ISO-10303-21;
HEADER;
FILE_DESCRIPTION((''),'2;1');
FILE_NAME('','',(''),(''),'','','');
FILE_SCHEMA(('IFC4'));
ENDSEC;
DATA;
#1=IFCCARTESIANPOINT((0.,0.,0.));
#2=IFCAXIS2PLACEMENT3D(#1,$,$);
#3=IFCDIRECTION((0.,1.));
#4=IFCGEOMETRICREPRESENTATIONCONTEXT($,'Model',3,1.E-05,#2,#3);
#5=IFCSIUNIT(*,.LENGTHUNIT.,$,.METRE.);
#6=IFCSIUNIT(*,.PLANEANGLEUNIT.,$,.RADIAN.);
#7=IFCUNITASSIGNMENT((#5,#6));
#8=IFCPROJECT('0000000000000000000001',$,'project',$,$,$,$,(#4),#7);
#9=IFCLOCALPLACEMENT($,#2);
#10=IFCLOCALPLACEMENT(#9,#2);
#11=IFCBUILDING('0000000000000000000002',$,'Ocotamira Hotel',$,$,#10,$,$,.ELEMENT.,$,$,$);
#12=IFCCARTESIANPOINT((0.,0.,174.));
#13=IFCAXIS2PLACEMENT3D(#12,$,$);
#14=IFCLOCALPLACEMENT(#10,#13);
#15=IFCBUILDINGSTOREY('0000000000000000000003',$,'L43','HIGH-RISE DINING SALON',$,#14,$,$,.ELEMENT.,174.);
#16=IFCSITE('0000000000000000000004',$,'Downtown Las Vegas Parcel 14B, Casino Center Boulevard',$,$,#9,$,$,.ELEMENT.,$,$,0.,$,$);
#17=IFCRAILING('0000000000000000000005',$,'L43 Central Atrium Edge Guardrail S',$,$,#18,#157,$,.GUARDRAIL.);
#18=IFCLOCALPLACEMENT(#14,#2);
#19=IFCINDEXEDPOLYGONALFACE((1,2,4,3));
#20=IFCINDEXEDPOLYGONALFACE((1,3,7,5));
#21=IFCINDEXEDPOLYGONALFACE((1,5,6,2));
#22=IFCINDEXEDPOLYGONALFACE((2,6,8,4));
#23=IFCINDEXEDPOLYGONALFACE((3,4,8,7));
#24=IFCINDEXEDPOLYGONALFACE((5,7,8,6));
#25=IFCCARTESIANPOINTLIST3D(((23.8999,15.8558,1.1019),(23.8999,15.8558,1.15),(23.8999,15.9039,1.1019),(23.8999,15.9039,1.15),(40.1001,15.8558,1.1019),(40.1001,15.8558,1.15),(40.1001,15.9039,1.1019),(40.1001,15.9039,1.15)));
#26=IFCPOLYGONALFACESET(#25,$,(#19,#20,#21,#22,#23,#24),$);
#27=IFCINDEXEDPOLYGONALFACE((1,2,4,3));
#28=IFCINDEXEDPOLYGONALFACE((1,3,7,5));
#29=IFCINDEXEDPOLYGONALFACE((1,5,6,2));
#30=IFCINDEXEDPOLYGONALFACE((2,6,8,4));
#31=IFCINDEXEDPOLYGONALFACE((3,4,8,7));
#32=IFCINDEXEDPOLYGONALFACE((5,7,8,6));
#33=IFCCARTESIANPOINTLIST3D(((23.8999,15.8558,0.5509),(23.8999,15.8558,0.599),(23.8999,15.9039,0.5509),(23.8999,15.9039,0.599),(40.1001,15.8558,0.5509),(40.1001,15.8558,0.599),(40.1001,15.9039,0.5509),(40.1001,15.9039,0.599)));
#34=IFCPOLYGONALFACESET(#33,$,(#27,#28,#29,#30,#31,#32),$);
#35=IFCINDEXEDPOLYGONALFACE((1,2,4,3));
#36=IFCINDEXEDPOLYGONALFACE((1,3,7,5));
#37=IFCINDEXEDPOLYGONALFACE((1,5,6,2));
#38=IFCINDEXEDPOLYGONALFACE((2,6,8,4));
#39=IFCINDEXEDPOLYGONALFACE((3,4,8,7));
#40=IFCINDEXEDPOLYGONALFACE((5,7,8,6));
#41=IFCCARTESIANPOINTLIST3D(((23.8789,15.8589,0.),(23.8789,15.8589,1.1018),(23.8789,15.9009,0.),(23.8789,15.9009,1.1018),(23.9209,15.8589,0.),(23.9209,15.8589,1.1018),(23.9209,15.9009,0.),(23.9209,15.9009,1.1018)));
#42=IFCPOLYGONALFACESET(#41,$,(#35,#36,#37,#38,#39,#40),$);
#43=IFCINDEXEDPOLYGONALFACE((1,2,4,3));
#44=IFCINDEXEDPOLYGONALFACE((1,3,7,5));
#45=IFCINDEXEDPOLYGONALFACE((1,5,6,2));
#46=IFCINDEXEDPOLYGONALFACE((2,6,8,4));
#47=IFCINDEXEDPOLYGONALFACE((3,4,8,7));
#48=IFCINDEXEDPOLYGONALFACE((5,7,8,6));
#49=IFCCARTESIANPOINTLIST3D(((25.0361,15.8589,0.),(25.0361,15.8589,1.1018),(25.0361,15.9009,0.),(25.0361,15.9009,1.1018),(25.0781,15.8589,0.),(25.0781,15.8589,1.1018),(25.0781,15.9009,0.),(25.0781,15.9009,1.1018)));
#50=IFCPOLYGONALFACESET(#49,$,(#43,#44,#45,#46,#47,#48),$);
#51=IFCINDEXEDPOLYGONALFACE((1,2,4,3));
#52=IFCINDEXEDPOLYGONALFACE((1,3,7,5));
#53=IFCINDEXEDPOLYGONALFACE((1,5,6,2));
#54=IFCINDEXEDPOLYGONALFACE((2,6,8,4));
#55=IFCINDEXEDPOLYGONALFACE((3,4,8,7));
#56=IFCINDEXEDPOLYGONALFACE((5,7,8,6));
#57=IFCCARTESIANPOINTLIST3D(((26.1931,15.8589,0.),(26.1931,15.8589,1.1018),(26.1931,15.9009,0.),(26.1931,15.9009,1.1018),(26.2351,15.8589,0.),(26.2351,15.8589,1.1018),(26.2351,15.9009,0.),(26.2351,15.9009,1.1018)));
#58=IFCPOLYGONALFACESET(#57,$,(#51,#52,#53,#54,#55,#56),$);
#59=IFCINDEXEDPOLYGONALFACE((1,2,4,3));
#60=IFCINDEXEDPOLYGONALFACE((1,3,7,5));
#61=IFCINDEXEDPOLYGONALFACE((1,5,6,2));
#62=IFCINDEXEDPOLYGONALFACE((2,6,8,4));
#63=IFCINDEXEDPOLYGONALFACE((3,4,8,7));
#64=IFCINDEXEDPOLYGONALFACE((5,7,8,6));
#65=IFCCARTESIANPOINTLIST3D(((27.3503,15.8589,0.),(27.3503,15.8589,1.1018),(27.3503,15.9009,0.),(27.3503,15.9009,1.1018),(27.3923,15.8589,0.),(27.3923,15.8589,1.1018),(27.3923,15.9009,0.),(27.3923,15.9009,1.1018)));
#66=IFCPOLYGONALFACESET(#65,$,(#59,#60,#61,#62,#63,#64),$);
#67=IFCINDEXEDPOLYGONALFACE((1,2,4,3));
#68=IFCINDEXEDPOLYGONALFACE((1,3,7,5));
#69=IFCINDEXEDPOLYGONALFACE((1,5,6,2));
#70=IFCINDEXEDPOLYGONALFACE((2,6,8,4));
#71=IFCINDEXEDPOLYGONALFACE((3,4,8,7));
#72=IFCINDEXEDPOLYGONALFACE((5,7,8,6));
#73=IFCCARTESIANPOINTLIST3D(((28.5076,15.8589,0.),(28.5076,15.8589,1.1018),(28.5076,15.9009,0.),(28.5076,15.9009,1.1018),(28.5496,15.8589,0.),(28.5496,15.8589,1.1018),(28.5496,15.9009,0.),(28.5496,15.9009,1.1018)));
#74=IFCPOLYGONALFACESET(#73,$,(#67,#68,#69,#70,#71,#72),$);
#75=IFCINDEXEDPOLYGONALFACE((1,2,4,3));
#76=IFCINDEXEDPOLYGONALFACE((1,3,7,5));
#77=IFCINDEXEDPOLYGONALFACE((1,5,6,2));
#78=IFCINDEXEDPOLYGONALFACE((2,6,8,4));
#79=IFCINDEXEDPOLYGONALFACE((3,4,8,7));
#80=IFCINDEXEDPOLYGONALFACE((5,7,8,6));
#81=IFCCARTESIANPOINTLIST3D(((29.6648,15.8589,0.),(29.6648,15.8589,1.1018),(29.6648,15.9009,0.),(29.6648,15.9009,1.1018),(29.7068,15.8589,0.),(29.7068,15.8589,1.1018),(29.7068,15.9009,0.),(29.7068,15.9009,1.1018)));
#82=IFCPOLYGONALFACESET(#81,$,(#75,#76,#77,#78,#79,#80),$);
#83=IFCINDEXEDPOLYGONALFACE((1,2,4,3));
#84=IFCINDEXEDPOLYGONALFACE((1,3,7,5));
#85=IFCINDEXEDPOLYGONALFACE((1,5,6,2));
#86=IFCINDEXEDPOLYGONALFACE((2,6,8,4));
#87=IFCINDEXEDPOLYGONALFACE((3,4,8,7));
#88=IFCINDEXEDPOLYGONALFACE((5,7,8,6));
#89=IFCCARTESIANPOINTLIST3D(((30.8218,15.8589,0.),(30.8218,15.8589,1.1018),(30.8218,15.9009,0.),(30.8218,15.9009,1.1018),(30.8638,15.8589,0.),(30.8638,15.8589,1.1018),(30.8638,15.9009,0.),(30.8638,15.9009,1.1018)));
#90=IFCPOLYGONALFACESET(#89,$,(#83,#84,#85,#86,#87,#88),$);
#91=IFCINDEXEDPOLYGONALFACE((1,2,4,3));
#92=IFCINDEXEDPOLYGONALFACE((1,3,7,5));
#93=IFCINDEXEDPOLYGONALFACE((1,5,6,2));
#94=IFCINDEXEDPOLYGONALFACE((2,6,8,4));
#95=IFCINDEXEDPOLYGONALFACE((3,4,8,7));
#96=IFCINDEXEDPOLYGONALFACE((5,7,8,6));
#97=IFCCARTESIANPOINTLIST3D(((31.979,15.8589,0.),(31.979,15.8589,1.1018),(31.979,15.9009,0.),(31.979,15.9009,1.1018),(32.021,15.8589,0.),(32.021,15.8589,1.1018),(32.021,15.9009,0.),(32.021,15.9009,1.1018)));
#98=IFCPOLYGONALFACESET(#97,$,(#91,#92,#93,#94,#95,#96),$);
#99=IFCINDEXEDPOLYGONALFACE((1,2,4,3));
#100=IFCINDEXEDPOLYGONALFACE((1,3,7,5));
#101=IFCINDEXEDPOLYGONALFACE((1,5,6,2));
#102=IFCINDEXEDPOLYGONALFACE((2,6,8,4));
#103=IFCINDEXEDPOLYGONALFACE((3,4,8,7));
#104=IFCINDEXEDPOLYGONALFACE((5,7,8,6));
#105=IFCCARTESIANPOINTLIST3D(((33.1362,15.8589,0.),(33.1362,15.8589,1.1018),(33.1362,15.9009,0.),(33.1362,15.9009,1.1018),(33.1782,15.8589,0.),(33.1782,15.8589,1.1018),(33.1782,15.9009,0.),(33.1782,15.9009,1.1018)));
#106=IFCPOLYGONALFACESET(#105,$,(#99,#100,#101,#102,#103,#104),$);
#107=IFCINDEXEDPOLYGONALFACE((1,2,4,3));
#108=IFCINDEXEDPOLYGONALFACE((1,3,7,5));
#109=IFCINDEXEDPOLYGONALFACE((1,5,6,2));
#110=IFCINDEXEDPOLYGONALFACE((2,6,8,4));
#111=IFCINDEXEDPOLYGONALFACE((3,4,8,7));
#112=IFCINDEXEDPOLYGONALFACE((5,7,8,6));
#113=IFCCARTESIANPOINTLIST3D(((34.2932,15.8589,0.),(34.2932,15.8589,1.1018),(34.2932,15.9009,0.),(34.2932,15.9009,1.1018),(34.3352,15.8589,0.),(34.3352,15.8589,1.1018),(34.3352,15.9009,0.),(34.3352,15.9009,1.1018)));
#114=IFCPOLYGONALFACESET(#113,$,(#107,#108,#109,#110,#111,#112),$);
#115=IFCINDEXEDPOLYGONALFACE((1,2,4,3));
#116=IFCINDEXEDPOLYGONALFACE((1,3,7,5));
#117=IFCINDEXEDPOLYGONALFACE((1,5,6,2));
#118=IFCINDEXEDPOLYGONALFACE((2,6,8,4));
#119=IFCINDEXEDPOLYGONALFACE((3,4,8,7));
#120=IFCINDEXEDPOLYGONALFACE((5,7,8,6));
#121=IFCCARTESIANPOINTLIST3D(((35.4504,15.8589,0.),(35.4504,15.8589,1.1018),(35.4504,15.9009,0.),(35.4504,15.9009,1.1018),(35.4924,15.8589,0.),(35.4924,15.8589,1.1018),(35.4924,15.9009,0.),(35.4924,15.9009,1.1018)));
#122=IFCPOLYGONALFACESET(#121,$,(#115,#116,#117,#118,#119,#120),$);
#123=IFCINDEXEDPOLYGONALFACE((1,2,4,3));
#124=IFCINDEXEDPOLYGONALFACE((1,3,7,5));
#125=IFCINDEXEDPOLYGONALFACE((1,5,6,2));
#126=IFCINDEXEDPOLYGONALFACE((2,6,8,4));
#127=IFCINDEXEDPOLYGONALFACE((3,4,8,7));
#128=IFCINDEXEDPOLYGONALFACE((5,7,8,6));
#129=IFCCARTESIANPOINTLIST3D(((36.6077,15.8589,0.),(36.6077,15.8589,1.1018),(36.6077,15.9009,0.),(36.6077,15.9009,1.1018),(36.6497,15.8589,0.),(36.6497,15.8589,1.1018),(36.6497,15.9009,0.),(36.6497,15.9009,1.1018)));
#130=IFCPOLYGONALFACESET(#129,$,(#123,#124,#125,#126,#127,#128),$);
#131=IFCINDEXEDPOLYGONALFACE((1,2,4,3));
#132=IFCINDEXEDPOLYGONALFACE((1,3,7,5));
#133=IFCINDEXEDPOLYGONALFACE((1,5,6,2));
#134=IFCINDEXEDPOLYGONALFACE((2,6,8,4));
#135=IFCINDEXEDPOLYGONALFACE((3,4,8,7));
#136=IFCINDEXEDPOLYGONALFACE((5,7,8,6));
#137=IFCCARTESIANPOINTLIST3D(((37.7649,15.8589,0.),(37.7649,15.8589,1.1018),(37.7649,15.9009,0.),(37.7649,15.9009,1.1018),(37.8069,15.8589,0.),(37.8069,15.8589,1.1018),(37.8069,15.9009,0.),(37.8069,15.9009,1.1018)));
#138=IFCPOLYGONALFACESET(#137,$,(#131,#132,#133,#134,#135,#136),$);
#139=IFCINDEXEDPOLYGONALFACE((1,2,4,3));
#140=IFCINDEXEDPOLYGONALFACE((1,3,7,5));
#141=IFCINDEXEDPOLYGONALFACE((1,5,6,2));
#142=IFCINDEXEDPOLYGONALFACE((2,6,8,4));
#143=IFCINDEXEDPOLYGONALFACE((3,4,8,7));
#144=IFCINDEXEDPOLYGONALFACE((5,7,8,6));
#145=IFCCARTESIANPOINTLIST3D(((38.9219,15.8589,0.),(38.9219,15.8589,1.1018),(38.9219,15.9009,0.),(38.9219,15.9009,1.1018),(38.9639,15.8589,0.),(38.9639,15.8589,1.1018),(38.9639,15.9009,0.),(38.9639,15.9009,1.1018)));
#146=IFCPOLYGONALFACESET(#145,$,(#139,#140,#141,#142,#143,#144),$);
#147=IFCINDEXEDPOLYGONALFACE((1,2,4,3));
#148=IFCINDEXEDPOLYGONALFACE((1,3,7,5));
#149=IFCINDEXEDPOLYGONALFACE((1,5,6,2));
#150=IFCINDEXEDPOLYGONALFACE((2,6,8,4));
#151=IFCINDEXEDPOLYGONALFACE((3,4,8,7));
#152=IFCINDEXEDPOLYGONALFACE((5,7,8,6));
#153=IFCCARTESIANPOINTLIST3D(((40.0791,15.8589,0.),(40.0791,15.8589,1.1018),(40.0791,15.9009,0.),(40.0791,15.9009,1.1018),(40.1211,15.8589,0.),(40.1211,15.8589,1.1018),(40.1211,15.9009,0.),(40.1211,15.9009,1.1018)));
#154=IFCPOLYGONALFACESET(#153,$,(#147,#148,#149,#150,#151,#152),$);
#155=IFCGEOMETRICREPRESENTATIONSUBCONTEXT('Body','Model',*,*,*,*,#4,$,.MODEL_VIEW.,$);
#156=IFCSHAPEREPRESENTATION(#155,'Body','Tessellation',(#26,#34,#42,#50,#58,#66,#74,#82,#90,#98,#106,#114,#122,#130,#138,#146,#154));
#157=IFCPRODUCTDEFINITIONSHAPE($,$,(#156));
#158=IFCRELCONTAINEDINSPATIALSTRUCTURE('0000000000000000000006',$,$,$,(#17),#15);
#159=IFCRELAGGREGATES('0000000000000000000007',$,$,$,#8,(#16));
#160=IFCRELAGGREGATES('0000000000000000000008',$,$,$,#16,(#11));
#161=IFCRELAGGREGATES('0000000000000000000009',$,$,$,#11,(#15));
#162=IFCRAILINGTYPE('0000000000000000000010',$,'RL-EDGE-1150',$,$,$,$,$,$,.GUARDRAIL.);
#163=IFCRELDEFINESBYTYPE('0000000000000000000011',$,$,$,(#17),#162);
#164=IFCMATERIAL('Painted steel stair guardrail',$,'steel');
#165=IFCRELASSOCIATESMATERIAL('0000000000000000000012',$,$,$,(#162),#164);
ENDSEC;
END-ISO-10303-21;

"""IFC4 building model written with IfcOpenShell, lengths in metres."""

from ifc_helpers import new_model, si_unit, direction, frame, origin, origin_2d, place, context, subcontext, project, spatial, rectangle, extrude, material, type_object, element, save


model = new_model("IFC4")

# Units and contexts
model_context = context("Model", 3, precision=1e-05, world=origin(), true_north=direction((0.0, 1.0)))
body_context = subcontext(model_context, "Body", "Model", "MODEL_VIEW")
ifc_project = project(units=[si_unit("LENGTHUNIT", "METRE"), si_unit("PLANEANGLEUNIT", "RADIAN")], contexts=[model_context])

# Site, building, storey
site_placement = place(None, origin())
site = spatial("IfcSite", under=ifc_project, at=site_placement, Name="Downtown Las Vegas Parcel 14B, Casino Center Boulevard", CompositionType="ELEMENT", RefElevation=0.0)
building_placement = place(site_placement, origin())
building = spatial("IfcBuilding", under=site, at=building_placement, Name="Ocotamira Hotel", CompositionType="ELEMENT")
storey_placement = place(building_placement, frame((0.0, 0.0, 174.0)))
storey = spatial("IfcBuildingStorey", under=building, at=storey_placement, Name="L43", Description="HIGH-RISE DINING SALON", CompositionType="ELEMENT", Elevation=174.0)

# Railing
ifc_material_1 = material(Name="Painted steel stair guardrail", Category="steel")
railing_type_1 = type_object("IfcRailingType", Name="RL-EDGE-1150", PredefinedType="GUARDRAIL", material=ifc_material_1)
railing_1_placement = place(storey_placement, frame((23.8999, 15.8799, 0.0)))
element("IfcRailing", 1, at=railing_1_placement, inside=storey, type_object=railing_type_1, Name="L43 Central Atrium Edge Guardrail S", PredefinedType="GUARDRAIL", context=body_context, shape_type="SweptSolid", body=[
    extrude(rectangle(XDim=0.0481, YDim=0.0481, at=origin_2d()), frame((0.0, 0.0, 1.126), z_axis=(1.0, 0.0, 0.0), x_axis=(0.0, 1.0, 0.0)), (0.0, 0.0, 1.0), 16.2002),
    extrude(rectangle(XDim=0.0481, YDim=0.0481, at=origin_2d()), frame((0.0, 0.0, 0.575), z_axis=(1.0, 0.0, 0.0), x_axis=(0.0, 1.0, 0.0)), (0.0, 0.0, 1.0), 16.2002),
    extrude(rectangle(XDim=0.042, YDim=0.042, at=origin_2d()), origin(), (0.0, 0.0, 1.0), 1.1018),
    extrude(rectangle(XDim=0.042, YDim=0.042, at=origin_2d()), frame((1.1572, 0.0, 0.0)), (0.0, 0.0, 1.0), 1.1018),
    extrude(rectangle(XDim=0.042, YDim=0.042, at=origin_2d()), frame((2.3142, 0.0, 0.0)), (0.0, 0.0, 1.0), 1.1018),
    extrude(rectangle(XDim=0.042, YDim=0.042, at=origin_2d()), frame((3.4714, 0.0, 0.0)), (0.0, 0.0, 1.0), 1.1018),
    extrude(rectangle(XDim=0.042, YDim=0.042, at=origin_2d()), frame((4.6287, 0.0, 0.0)), (0.0, 0.0, 1.0), 1.1018),
    extrude(rectangle(XDim=0.042, YDim=0.042, at=origin_2d()), frame((5.7859, 0.0, 0.0)), (0.0, 0.0, 1.0), 1.1018),
    extrude(rectangle(XDim=0.042, YDim=0.042, at=origin_2d()), frame((6.9429, 0.0, 0.0)), (0.0, 0.0, 1.0), 1.1018),
    extrude(rectangle(XDim=0.042, YDim=0.042, at=origin_2d()), frame((8.1001, 0.0, 0.0)), (0.0, 0.0, 1.0), 1.1018),
    extrude(rectangle(XDim=0.042, YDim=0.042, at=origin_2d()), frame((9.2573, 0.0, 0.0)), (0.0, 0.0, 1.0), 1.1018),
    extrude(rectangle(XDim=0.042, YDim=0.042, at=origin_2d()), frame((10.4143, 0.0, 0.0)), (0.0, 0.0, 1.0), 1.1018),
    extrude(rectangle(XDim=0.042, YDim=0.042, at=origin_2d()), frame((11.5715, 0.0, 0.0)), (0.0, 0.0, 1.0), 1.1018),
    extrude(rectangle(XDim=0.042, YDim=0.042, at=origin_2d()), frame((12.7288, 0.0, 0.0)), (0.0, 0.0, 1.0), 1.1018),
    extrude(rectangle(XDim=0.042, YDim=0.042, at=origin_2d()), frame((13.886, 0.0, 0.0)), (0.0, 0.0, 1.0), 1.1018),
    extrude(rectangle(XDim=0.042, YDim=0.042, at=origin_2d()), frame((15.043, 0.0, 0.0)), (0.0, 0.0, 1.0), 1.1018),
    extrude(rectangle(XDim=0.042, YDim=0.042, at=origin_2d()), frame((16.2002, 0.0, 0.0)), (0.0, 0.0, 1.0), 1.1018),
])

save(model, "model.ifc")
